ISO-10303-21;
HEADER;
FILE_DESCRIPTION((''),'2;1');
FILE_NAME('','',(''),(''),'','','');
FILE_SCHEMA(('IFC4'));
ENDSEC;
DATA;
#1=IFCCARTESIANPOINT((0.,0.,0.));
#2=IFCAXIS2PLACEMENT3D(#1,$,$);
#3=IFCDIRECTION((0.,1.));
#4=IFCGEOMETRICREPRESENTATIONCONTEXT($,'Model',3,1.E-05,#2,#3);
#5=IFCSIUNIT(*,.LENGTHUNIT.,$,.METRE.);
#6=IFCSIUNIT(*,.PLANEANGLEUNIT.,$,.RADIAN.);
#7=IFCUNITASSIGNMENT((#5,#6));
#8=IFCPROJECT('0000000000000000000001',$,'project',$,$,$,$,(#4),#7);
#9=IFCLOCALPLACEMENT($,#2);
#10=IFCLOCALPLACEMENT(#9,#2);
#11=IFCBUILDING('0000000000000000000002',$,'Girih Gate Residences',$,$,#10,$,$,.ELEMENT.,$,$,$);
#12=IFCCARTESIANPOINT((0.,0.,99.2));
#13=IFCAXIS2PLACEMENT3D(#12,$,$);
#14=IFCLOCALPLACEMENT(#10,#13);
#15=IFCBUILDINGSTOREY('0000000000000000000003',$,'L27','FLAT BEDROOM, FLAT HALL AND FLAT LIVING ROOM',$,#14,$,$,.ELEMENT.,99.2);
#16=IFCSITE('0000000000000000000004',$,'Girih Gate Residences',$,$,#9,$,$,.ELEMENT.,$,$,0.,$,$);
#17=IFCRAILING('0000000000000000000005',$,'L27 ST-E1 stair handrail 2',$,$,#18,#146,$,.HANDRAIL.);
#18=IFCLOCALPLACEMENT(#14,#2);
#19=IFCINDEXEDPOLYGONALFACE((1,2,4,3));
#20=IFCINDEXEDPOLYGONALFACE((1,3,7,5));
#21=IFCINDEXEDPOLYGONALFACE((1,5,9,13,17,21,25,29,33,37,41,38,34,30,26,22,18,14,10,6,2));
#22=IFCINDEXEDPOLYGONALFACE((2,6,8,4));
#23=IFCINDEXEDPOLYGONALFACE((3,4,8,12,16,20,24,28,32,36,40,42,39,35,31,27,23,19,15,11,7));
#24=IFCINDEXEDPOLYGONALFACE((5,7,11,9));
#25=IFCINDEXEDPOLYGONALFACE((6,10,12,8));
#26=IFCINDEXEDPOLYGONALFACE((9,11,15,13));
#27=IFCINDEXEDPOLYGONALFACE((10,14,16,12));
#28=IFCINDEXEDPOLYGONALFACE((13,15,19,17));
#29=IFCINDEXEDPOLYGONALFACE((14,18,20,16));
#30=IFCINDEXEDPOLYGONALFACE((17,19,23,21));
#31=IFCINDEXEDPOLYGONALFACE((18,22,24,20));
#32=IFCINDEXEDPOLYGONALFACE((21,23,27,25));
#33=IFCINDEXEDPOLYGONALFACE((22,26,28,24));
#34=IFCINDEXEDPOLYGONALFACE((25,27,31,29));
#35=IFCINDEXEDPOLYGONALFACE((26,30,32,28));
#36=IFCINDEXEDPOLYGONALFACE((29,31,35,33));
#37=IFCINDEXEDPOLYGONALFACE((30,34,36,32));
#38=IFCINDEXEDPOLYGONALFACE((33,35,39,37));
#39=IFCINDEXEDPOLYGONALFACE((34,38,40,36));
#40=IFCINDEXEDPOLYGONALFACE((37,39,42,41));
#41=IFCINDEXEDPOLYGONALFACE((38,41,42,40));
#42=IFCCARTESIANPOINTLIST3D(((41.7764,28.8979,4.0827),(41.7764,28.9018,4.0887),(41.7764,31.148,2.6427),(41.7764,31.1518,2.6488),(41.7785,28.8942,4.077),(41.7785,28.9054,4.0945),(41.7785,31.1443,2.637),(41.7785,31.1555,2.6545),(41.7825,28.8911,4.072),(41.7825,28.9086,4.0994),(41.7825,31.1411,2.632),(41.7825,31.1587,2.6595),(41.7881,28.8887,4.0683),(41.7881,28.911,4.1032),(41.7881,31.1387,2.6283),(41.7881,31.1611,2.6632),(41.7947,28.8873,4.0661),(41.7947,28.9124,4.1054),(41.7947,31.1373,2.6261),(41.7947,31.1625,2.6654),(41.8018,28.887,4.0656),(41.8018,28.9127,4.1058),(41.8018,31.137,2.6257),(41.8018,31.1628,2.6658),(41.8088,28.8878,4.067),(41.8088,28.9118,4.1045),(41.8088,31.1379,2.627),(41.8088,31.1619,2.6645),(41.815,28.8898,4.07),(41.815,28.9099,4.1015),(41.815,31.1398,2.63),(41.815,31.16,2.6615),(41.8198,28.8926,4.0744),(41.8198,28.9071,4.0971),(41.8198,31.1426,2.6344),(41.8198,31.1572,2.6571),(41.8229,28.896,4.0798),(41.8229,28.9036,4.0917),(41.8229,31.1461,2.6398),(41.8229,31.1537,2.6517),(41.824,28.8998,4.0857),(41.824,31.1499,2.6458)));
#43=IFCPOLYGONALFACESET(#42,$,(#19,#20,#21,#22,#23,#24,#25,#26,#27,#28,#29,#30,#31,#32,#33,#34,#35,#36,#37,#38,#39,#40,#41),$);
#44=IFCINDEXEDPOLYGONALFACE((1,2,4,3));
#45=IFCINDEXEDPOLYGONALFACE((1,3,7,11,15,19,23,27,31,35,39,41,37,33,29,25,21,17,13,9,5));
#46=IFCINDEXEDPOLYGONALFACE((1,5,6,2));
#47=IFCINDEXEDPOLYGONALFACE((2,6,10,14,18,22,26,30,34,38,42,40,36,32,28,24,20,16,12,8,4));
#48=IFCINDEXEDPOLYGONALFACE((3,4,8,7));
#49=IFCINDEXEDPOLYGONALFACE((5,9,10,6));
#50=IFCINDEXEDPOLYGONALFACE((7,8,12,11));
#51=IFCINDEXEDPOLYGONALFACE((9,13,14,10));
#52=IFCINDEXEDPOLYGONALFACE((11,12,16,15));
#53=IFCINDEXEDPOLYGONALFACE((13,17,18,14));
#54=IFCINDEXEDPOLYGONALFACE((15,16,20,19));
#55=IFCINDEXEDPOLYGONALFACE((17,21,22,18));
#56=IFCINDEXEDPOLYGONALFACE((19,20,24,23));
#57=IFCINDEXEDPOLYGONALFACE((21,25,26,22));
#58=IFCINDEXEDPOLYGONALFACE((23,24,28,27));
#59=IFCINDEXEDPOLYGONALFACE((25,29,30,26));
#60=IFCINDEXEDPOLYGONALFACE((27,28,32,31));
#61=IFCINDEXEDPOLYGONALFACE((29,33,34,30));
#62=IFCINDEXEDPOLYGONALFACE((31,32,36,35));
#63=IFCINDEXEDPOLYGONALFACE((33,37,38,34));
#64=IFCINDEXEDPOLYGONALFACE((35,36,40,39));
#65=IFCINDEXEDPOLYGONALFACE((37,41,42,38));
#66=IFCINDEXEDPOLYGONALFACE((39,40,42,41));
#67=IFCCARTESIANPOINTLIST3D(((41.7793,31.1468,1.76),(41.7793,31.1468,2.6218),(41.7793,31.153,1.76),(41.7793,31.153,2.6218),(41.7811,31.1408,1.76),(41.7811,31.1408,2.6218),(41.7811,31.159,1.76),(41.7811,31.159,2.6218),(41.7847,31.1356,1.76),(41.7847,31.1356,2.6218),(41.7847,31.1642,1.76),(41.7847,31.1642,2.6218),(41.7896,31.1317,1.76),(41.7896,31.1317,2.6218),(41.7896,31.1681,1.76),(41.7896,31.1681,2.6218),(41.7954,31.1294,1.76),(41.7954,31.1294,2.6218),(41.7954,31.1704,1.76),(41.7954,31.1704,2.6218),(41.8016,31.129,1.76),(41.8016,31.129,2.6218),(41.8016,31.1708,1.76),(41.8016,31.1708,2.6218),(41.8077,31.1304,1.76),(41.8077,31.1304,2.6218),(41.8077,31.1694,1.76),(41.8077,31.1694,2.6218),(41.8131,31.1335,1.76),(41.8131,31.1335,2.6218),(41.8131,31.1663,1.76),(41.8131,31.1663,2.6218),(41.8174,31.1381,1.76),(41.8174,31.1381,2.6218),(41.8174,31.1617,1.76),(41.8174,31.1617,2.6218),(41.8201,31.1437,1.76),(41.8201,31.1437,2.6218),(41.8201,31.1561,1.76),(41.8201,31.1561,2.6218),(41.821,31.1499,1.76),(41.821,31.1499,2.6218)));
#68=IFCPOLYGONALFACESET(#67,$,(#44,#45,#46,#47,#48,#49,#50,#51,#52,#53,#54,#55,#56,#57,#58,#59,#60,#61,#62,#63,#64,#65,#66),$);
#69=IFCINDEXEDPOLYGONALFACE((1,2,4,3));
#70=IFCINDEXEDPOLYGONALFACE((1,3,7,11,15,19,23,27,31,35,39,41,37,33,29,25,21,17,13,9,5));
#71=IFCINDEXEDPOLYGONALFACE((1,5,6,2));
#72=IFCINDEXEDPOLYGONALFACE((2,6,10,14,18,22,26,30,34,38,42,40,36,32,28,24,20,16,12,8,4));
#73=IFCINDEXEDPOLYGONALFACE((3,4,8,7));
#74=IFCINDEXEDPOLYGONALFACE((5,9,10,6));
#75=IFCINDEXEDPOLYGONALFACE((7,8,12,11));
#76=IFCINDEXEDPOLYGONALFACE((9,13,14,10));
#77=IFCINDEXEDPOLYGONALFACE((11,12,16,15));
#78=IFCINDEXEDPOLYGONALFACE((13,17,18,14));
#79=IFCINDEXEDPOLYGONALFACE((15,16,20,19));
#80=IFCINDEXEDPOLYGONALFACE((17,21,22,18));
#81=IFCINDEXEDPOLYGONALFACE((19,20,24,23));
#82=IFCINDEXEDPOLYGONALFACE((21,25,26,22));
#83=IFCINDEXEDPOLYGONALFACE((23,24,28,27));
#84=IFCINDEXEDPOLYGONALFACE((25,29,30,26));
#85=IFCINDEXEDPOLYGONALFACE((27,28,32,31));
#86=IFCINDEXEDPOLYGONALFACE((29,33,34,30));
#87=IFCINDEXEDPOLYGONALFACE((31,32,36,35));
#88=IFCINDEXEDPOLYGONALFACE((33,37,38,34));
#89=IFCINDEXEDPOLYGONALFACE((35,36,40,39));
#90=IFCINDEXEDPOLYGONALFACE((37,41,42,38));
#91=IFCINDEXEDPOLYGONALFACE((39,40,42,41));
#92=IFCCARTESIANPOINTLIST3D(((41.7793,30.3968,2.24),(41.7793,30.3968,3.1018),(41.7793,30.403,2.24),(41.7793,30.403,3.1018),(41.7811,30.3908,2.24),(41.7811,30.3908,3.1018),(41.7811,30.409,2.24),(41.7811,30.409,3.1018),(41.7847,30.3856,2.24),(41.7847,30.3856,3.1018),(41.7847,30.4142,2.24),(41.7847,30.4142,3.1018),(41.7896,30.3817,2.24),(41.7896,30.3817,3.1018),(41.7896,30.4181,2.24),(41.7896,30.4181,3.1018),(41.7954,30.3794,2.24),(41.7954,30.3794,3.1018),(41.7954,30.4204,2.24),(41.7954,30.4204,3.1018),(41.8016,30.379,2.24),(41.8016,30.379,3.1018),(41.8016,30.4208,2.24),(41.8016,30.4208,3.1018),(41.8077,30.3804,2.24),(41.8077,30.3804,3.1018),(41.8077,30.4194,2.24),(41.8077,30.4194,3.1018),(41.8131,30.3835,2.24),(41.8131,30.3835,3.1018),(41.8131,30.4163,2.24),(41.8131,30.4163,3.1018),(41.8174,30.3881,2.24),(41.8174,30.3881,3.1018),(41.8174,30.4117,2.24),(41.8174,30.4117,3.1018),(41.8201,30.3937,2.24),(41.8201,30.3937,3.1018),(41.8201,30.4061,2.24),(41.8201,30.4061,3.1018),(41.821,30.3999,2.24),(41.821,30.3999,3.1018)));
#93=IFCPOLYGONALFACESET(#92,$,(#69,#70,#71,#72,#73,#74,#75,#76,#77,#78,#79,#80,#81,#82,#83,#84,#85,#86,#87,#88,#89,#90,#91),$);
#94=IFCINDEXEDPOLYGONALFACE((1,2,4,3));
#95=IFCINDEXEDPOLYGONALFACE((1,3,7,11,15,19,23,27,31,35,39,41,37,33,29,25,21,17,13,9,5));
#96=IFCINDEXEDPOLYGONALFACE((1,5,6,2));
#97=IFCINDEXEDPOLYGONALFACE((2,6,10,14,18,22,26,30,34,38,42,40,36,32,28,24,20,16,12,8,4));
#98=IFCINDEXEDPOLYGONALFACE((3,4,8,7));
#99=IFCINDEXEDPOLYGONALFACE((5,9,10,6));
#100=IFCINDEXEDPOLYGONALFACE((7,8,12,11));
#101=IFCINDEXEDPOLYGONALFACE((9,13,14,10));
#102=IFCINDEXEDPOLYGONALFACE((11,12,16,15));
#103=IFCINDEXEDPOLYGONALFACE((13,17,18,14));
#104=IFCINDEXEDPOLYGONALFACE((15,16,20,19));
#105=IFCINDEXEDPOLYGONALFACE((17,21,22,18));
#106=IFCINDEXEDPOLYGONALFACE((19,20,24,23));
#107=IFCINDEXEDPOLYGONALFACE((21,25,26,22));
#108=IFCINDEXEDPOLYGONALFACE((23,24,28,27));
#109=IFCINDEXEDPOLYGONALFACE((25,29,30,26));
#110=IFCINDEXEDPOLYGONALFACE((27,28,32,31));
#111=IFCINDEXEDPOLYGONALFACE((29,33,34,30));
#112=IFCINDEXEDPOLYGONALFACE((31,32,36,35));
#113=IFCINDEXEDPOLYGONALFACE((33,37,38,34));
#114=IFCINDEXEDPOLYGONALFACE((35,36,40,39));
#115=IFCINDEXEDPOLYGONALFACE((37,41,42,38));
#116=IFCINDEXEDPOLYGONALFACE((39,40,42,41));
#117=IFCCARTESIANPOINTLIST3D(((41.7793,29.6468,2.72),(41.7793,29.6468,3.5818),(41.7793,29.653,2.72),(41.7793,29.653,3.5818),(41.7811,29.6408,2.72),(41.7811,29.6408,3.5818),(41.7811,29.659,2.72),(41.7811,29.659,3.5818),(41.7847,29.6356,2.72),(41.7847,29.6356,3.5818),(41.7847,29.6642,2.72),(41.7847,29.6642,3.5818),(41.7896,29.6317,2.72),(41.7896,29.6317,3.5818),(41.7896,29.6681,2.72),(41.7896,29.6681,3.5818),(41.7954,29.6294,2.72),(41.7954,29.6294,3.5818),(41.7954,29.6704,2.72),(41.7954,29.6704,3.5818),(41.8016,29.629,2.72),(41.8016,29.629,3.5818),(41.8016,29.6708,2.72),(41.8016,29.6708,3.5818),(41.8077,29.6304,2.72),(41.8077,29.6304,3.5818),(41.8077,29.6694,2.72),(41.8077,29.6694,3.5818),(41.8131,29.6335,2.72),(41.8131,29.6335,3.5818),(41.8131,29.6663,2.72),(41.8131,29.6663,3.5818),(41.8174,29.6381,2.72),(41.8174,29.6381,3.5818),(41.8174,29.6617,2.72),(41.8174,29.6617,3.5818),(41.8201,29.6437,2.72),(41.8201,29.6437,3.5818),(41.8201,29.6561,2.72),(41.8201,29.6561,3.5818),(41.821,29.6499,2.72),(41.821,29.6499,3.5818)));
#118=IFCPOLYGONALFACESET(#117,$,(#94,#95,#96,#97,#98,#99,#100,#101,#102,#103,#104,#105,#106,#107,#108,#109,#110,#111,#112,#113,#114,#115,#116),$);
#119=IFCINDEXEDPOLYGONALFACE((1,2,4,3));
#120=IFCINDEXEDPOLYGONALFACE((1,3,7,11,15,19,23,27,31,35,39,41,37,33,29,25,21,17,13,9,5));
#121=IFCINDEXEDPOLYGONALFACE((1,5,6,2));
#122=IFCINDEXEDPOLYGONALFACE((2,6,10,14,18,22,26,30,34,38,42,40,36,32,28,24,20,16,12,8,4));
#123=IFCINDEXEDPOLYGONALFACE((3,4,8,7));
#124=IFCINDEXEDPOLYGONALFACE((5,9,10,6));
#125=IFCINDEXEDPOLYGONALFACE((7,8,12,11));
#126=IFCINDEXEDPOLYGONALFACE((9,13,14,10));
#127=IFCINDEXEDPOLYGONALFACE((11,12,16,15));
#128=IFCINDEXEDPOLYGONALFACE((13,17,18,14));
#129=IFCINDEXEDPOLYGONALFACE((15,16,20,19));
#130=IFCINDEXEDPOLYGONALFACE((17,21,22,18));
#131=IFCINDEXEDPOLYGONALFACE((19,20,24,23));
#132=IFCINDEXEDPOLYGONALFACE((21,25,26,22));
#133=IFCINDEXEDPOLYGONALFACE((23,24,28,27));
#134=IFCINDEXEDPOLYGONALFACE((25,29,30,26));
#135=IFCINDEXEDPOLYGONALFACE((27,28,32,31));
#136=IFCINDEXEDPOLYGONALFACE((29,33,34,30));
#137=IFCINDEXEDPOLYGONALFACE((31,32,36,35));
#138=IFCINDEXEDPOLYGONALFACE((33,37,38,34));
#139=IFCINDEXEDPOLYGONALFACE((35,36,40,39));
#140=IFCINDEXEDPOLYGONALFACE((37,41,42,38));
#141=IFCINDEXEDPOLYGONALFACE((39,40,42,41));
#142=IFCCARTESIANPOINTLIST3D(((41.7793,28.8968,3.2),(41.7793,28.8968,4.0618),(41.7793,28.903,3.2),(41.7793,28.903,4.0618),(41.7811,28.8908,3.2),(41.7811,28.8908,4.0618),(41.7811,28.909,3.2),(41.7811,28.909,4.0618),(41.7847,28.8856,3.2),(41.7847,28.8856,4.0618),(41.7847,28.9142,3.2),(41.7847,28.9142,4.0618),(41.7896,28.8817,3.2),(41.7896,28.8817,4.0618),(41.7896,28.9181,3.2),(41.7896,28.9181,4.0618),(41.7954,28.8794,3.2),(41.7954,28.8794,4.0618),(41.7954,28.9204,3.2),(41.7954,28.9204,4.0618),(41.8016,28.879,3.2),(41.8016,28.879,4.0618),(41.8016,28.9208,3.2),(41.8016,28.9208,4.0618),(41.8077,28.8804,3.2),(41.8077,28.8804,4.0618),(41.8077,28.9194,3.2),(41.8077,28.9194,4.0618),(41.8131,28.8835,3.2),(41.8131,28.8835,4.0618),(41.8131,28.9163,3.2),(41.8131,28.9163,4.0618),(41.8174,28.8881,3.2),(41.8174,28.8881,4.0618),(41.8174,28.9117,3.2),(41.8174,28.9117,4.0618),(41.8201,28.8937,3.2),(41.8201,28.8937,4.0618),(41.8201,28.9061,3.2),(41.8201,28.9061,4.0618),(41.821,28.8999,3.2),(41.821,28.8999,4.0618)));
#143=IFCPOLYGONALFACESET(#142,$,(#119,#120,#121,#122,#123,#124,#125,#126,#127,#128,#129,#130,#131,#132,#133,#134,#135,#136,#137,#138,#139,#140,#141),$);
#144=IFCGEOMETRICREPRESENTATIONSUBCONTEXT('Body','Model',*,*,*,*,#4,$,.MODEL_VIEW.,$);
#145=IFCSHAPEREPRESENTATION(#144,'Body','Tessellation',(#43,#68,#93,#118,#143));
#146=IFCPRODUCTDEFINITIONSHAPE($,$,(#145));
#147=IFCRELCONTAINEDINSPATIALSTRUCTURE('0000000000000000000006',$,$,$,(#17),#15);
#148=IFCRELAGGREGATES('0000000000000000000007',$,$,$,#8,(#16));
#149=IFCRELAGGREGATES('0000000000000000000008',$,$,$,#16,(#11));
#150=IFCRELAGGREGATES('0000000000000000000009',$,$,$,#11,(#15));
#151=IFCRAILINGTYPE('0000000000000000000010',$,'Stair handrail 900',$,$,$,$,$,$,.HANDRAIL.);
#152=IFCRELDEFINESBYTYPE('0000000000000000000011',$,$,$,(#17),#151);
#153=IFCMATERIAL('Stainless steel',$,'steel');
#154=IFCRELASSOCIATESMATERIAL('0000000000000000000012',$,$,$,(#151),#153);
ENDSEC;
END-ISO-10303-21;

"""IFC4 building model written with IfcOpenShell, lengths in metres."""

from ifc_helpers import new_model, si_unit, direction, frame, origin, origin_2d, place, context, subcontext, project, spatial, circle, extrude, material, type_object, element, save


model = new_model("IFC4")

# Units and contexts
model_context = context("Model", 3, precision=1e-05, world=origin(), true_north=direction((0.0, 1.0)))
body_context = subcontext(model_context, "Body", "Model", "MODEL_VIEW")
ifc_project = project(units=[si_unit("LENGTHUNIT", "METRE"), si_unit("PLANEANGLEUNIT", "RADIAN")], contexts=[model_context])

# Site, building, storey
site_placement = place(None, origin())
site = spatial("IfcSite", under=ifc_project, at=site_placement, Name="Girih Gate Residences", CompositionType="ELEMENT", RefElevation=0.0)
building_placement = place(site_placement, origin())
building = spatial("IfcBuilding", under=site, at=building_placement, Name="Girih Gate Residences", CompositionType="ELEMENT")
storey_placement = place(building_placement, frame((0.0, 0.0, 99.2)))
storey = spatial("IfcBuildingStorey", under=building, at=storey_placement, Name="L27", Description="FLAT BEDROOM, FLAT HALL AND FLAT LIVING ROOM", CompositionType="ELEMENT", Elevation=99.2)

# Railing
ifc_material_1 = material(Name="Stainless steel", Category="steel")
railing_type_1 = type_object("IfcRailingType", Name="Stair handrail 900", PredefinedType="HANDRAIL", material=ifc_material_1)
railing_1_placement = place(storey_placement, frame((41.8, 31.1499, 1.76)))
element("IfcRailing", 1, at=railing_1_placement, inside=storey, type_object=railing_type_1, Name="L27 ST-E1 stair handrail 2", PredefinedType="HANDRAIL", context=body_context, shape_type="SweptSolid", body=[
    extrude(circle(Radius=0.0239, at=origin_2d()), frame((0.0, 0.0, 0.8857), z_axis=(0.0, -0.842281, 0.539038), x_axis=(1.0, 0.0, 0.0)), (0.0, 0.0, 1.0), 2.6714),
    extrude(circle(Radius=0.021, at=origin_2d()), origin(), (0.0, 0.0, 1.0), 0.8618),
    extrude(circle(Radius=0.021, at=origin_2d()), frame((0.0, -0.75, 0.48)), (0.0, 0.0, 1.0), 0.8618),
    extrude(circle(Radius=0.021, at=origin_2d()), frame((0.0, -1.5, 0.96)), (0.0, 0.0, 1.0), 0.8618),
    extrude(circle(Radius=0.021, at=origin_2d()), frame((0.0, -2.25, 1.4399)), (0.0, 0.0, 1.0), 0.8618),
])

save(model, "model.ifc")
